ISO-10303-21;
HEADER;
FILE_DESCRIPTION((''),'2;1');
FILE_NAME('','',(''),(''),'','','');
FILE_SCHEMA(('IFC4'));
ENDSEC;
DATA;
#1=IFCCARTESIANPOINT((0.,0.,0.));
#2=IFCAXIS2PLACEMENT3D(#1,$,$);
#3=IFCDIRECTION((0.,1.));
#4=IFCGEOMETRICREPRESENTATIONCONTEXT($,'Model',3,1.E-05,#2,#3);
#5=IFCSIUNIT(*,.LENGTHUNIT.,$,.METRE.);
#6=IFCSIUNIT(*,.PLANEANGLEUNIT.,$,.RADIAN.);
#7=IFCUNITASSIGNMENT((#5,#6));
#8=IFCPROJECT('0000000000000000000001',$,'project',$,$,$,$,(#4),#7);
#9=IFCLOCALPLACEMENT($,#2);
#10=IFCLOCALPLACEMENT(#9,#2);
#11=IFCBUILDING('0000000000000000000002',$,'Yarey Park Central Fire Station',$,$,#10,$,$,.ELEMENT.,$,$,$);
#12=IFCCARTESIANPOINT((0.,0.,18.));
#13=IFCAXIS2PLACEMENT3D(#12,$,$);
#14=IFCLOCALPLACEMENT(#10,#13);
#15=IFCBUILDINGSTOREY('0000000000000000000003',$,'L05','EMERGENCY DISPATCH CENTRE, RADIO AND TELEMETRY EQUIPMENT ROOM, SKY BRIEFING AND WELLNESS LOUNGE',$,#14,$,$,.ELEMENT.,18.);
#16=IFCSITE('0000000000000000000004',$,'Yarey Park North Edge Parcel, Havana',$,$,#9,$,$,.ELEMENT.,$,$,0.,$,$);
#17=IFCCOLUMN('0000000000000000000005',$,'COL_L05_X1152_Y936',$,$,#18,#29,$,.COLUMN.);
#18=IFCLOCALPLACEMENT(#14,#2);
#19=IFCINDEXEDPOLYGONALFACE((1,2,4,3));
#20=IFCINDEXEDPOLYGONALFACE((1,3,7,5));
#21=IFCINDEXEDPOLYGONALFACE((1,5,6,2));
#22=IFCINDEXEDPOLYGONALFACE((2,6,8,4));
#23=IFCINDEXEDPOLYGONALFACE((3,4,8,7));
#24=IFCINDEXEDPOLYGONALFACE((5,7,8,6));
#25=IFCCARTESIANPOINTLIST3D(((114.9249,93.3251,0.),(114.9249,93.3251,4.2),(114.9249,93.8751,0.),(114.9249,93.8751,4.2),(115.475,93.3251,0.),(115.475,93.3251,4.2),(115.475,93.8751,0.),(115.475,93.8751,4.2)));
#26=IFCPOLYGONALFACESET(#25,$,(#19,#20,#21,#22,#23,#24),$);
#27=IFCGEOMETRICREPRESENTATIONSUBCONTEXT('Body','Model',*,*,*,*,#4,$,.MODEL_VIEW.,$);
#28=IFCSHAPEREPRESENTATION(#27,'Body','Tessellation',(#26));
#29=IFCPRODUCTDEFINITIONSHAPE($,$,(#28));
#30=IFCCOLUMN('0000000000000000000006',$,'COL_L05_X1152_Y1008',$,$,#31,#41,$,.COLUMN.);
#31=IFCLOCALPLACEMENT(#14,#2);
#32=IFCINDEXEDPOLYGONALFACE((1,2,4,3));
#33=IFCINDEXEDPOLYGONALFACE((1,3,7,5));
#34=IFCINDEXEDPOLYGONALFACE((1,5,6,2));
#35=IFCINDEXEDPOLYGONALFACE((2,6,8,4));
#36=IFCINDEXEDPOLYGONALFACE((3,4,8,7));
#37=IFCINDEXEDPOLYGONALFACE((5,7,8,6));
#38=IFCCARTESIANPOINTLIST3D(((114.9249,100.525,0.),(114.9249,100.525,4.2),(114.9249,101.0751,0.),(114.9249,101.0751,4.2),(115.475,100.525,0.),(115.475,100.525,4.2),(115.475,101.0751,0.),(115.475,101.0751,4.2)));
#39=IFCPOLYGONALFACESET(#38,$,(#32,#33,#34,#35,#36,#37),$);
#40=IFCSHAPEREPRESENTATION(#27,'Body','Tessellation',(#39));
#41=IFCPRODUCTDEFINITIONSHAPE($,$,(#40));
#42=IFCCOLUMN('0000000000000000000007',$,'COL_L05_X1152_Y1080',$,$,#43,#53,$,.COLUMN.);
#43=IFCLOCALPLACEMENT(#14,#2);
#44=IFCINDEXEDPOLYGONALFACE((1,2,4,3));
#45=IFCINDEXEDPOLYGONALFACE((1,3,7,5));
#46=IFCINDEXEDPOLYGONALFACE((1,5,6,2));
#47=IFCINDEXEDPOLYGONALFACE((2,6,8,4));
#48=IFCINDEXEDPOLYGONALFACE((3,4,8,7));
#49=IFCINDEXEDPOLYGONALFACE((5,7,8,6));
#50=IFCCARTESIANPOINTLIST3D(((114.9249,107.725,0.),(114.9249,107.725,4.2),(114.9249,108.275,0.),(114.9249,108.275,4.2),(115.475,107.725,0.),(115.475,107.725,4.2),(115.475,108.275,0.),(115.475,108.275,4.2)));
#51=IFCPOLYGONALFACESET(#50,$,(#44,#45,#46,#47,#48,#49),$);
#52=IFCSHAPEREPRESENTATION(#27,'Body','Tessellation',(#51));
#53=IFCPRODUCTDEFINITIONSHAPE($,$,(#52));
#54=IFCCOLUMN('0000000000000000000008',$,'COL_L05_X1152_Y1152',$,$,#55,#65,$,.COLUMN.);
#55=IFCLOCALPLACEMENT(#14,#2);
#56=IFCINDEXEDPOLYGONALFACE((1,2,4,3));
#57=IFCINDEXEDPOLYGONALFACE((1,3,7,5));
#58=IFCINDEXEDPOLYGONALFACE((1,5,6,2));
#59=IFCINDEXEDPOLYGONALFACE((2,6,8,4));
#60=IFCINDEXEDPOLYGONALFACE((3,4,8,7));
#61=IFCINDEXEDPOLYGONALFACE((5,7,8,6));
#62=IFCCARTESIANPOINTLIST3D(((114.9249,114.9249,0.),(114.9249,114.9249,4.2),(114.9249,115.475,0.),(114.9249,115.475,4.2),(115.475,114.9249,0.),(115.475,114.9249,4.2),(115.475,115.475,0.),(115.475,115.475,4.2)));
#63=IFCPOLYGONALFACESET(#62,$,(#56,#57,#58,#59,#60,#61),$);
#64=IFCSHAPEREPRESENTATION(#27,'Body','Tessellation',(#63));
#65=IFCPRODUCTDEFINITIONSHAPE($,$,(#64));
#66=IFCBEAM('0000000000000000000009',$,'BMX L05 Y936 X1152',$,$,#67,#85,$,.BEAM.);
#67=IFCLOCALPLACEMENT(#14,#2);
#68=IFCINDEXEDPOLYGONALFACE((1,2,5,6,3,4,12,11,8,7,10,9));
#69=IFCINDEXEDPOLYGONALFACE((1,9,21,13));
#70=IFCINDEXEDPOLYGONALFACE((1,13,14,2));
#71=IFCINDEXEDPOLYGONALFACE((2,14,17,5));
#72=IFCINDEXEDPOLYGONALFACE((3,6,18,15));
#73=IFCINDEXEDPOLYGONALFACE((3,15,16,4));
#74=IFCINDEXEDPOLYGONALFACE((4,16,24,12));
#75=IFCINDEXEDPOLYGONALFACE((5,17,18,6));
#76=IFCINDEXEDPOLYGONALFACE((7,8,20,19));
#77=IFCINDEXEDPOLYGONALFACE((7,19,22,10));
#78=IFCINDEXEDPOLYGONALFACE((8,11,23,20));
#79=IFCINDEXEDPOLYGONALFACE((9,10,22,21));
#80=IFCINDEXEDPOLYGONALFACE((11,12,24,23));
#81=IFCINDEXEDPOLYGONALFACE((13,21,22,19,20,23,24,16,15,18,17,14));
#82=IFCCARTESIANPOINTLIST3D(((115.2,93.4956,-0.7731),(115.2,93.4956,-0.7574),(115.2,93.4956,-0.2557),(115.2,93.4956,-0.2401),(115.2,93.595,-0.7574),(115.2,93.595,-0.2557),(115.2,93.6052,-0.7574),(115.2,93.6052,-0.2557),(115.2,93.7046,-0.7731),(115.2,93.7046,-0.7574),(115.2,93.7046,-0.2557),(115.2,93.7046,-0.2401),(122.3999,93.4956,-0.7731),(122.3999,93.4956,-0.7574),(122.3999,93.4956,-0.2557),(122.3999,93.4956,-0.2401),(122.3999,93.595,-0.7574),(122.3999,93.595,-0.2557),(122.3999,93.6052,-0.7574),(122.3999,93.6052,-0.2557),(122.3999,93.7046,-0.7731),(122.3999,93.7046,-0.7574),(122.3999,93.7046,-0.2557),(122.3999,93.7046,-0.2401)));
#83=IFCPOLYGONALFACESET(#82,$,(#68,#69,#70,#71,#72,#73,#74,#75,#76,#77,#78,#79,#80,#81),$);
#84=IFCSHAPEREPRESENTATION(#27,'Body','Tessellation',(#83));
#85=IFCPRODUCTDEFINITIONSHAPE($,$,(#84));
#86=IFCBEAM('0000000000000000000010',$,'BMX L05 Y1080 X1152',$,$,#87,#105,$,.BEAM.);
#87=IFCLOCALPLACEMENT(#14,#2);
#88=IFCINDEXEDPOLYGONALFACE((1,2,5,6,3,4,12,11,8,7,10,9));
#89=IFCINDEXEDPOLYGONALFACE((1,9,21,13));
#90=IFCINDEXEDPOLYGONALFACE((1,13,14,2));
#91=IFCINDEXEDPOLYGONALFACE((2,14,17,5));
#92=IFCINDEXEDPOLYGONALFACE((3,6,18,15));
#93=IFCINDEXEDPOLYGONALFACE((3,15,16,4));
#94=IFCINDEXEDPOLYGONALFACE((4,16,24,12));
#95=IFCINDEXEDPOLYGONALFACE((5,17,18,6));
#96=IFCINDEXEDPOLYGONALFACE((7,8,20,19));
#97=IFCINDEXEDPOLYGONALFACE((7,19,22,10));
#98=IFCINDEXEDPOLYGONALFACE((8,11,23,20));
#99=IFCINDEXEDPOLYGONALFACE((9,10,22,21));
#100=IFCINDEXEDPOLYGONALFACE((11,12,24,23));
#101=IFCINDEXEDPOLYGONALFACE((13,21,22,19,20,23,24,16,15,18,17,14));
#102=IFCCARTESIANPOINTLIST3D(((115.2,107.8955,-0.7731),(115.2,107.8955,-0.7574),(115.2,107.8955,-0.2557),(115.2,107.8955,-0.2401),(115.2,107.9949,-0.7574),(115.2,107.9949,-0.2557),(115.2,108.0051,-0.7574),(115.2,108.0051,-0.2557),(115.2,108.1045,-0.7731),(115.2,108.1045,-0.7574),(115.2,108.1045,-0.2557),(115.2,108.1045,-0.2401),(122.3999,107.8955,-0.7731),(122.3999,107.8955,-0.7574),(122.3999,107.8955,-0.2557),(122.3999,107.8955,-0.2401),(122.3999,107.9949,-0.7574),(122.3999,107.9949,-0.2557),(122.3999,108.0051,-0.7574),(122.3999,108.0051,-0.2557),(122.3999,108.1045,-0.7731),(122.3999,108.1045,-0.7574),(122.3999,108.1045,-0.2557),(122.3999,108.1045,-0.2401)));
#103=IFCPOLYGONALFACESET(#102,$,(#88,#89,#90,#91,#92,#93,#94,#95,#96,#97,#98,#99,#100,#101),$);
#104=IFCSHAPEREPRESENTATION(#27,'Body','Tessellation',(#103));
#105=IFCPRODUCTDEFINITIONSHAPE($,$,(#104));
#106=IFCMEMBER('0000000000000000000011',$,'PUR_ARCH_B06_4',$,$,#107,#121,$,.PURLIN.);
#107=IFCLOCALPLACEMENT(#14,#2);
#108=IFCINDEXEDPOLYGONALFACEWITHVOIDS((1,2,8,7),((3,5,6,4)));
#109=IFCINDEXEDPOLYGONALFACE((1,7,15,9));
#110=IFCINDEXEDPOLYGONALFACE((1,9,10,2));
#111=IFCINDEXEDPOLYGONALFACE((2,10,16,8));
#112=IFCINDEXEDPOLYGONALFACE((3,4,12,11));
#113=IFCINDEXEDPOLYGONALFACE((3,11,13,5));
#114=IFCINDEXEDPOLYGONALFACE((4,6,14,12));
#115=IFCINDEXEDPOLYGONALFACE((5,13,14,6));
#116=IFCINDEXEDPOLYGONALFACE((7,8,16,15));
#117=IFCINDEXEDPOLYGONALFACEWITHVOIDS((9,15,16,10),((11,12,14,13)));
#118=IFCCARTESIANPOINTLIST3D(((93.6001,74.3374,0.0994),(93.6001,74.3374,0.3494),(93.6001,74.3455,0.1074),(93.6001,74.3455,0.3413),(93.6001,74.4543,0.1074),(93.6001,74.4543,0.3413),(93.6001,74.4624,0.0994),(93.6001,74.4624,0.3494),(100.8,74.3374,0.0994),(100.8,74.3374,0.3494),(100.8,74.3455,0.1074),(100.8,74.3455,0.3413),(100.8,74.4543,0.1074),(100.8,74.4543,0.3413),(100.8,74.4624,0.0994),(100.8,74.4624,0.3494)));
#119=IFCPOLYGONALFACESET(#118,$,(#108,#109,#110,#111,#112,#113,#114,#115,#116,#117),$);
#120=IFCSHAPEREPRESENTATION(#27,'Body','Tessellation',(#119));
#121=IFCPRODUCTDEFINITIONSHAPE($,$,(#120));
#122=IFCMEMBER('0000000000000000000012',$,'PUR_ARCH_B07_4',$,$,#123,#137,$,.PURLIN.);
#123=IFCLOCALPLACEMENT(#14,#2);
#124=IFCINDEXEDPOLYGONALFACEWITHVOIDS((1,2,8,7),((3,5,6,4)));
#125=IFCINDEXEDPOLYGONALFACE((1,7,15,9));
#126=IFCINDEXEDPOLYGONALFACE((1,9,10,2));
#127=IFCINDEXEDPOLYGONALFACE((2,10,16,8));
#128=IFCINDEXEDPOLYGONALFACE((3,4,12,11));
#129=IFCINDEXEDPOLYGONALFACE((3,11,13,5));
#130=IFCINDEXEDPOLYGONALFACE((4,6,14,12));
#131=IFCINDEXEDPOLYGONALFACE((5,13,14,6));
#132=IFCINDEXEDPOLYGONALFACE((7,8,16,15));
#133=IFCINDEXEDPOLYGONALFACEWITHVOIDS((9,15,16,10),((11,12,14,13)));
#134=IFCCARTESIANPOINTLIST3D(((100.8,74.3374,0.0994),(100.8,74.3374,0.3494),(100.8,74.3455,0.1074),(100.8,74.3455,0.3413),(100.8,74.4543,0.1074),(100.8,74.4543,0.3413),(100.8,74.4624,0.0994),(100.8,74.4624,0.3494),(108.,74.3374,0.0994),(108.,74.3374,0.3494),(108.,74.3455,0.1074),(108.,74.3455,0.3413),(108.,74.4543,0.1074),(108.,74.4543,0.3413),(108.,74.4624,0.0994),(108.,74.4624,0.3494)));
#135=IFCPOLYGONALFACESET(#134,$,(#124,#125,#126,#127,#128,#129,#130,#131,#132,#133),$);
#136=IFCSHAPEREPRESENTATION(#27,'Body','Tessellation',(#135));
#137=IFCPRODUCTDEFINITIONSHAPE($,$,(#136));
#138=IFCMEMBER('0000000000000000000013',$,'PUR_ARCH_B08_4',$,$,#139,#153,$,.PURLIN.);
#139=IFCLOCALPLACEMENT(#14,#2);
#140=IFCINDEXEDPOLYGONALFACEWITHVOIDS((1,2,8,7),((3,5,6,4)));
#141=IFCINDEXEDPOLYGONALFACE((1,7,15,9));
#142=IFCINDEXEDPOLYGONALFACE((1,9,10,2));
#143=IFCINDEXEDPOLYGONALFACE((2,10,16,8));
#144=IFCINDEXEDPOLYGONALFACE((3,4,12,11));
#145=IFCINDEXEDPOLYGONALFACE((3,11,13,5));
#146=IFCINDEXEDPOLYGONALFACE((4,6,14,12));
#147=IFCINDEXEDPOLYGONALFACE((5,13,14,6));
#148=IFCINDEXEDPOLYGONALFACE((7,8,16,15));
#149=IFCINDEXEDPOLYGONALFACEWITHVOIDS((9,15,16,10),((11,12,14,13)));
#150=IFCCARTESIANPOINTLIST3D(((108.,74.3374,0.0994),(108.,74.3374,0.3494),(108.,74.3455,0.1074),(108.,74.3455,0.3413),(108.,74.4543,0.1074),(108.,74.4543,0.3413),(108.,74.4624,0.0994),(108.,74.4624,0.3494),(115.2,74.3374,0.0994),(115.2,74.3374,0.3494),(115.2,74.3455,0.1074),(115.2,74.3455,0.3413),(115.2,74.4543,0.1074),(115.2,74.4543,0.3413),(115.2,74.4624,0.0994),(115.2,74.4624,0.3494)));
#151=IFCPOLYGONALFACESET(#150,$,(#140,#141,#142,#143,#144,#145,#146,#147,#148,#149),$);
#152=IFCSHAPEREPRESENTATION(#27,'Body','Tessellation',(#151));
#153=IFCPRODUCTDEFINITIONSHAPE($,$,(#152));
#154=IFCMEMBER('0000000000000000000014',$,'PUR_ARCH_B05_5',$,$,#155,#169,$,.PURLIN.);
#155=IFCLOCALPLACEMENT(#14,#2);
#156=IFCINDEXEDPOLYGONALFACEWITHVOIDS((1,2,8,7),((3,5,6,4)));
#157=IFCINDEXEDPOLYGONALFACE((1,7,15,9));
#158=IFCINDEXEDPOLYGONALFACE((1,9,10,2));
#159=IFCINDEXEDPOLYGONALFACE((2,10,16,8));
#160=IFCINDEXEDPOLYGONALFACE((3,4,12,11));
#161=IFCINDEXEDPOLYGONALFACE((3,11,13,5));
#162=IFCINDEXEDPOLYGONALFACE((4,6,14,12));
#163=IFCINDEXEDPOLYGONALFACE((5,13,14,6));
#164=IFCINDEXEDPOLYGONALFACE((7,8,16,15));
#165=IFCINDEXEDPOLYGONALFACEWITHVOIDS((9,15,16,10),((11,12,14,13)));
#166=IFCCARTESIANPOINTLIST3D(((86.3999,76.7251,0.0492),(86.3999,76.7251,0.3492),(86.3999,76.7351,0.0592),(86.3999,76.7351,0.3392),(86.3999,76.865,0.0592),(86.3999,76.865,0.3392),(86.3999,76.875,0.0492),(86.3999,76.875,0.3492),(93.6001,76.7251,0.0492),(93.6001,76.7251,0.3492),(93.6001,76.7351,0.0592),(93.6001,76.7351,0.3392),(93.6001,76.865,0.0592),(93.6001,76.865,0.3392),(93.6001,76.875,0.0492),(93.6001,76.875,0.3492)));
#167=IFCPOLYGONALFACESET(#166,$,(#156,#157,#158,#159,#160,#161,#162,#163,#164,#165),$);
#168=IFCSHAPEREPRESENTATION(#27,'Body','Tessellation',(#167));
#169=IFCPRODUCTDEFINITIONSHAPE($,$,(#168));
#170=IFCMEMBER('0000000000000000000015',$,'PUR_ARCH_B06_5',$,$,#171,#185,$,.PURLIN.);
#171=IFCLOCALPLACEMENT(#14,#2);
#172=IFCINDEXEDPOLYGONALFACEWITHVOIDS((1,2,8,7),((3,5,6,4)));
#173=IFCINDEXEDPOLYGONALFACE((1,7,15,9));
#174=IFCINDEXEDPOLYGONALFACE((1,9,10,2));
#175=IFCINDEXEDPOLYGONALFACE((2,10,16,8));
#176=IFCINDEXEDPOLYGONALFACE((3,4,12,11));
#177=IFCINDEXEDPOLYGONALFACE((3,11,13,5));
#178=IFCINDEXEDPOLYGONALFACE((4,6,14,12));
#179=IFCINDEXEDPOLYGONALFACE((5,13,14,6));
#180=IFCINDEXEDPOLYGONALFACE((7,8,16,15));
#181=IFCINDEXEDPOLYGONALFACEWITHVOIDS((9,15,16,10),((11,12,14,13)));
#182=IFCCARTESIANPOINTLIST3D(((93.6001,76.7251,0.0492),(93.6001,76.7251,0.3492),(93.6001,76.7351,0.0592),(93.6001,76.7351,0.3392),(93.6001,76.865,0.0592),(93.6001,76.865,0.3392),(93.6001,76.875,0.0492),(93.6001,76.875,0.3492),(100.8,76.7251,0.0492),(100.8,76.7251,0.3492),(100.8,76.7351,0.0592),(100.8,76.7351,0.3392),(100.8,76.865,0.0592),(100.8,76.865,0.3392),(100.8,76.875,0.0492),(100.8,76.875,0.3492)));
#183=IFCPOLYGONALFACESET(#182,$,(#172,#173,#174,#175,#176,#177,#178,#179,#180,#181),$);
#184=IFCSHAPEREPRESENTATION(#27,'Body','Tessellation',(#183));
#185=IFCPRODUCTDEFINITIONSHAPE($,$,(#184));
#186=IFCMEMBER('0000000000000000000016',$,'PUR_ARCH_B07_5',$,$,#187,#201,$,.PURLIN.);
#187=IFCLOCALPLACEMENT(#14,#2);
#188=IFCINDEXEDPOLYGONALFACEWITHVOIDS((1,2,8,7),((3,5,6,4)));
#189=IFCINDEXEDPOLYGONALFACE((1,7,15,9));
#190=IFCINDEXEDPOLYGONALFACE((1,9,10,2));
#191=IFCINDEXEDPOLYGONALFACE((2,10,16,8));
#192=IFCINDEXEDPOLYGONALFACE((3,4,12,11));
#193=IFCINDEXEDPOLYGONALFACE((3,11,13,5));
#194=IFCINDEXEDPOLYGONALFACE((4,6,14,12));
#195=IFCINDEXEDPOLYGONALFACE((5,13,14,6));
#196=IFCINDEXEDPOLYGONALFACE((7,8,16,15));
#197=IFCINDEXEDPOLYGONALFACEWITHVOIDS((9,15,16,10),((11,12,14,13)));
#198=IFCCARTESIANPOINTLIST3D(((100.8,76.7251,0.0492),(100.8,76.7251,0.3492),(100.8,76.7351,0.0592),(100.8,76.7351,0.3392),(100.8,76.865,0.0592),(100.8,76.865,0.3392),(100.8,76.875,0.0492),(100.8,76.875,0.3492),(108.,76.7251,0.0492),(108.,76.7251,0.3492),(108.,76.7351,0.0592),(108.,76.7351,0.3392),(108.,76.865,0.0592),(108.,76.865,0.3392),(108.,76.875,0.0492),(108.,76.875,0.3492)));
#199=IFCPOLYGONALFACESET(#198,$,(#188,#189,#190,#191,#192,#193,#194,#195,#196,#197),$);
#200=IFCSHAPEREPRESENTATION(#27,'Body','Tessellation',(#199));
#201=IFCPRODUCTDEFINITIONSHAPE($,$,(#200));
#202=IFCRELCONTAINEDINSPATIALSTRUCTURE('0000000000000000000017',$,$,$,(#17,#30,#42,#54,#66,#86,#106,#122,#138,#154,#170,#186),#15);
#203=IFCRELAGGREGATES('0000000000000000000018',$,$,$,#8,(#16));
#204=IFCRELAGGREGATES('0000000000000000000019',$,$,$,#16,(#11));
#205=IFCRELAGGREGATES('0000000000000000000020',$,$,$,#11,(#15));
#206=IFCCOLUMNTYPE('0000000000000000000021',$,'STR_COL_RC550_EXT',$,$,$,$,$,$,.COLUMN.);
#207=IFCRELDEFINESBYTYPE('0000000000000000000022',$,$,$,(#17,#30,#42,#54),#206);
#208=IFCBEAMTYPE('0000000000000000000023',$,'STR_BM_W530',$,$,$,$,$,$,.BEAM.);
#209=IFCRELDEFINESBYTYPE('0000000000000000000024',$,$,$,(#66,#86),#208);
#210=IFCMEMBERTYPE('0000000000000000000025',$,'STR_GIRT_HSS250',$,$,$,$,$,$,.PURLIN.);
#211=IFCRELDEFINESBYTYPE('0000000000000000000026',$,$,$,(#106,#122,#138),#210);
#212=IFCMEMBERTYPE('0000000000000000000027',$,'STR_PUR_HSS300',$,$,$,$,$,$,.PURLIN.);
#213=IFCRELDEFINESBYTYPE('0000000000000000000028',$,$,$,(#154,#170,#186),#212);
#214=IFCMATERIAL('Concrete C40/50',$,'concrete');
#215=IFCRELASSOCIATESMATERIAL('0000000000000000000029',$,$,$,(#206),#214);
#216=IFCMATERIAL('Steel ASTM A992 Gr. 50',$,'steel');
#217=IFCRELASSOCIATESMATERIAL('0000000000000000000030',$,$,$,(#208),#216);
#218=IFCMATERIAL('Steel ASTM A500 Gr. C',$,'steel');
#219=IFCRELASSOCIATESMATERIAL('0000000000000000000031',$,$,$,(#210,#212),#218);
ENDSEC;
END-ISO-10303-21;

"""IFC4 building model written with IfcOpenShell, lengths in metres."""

from ifc_helpers import new_model, si_unit, direction, frame, origin, origin_2d, place, context, subcontext, project, spatial, rectangle, hollow_rectangle, i_section, extrude, material, material_profile, profile_set, type_object, element, save


model = new_model("IFC4")

# Units and contexts
model_context = context("Model", 3, precision=1e-05, world=origin(), true_north=direction((0.0, 1.0)))
body_context = subcontext(model_context, "Body", "Model", "MODEL_VIEW")
ifc_project = project(units=[si_unit("LENGTHUNIT", "METRE"), si_unit("PLANEANGLEUNIT", "RADIAN")], contexts=[model_context])

# Site, building, storey
site_placement = place(None, origin())
site = spatial("IfcSite", under=ifc_project, at=site_placement, Name="Yarey Park North Edge Parcel, Havana", CompositionType="ELEMENT", RefElevation=0.0)
building_placement = place(site_placement, origin())
building = spatial("IfcBuilding", under=site, at=building_placement, Name="Yarey Park Central Fire Station", CompositionType="ELEMENT")
storey_placement = place(building_placement, frame((0.0, 0.0, 18.0)))
storey = spatial("IfcBuildingStorey", under=building, at=storey_placement, Name="L05", Description="EMERGENCY DISPATCH CENTRE, RADIO AND TELEMETRY EQUIPMENT ROOM, SKY BRIEFING AND WELLNESS LOUNGE", CompositionType="ELEMENT", Elevation=18.0)

# Columns
ifc_material_1 = material(Name="Concrete C40/50", Category="concrete")
ifc_material_profile_1 = material_profile(ifc_material_1, rectangle(XDim=0.55, YDim=0.55, at=origin_2d()), Name="RC 550x550")
ifc_profile_set_1 = profile_set([ifc_material_profile_1], Name="Concrete C40/50")
column_type = type_object("IfcColumnType", Name="STR_COL_RC550_EXT", PredefinedType="COLUMN", material=ifc_profile_set_1)
for number, where, z_axis, x_axis, name in (
    (1, (115.2, 93.6001, 0.0), (0.0, 0.0, 1.0), (1.0, 0.0, 0.0), "COL_L05_X1152_Y936"),
    (2, (115.2, 100.8, 0.0), (0.0, 0.0, 1.0), (1.0, 0.0, 0.0), "COL_L05_X1152_Y1008"),
    (3, (115.2, 108.0, 0.0), (0.0, 0.0, 1.0), (1.0, 0.0, 0.0), "COL_L05_X1152_Y1080"),
    (4, (115.2, 115.2, 0.0), (0.0, 0.0, 1.0), (1.0, 0.0, 0.0), "COL_L05_X1152_Y1152"),
):
    element("IfcColumn", number, at=place(storey_placement, frame(where, z_axis=z_axis, x_axis=x_axis)), inside=storey, type_object=column_type, Name=name, PredefinedType="COLUMN", context=body_context, shape_type="SweptSolid", body=[
        extrude(rectangle(XDim=0.55, YDim=0.55, at=origin_2d()), origin(), (0.0, 0.0, 1.0), 4.2),
    ])

# Beams
ifc_material_2 = material(Name="Steel ASTM A992 Gr. 50", Category="steel")
ifc_material_profile_2 = material_profile(ifc_material_2, i_section(OverallWidth=0.209, OverallDepth=0.533, WebThickness=0.0103, FlangeThickness=0.0156, at=origin_2d()), Name="W530x92")
ifc_profile_set_2 = profile_set([ifc_material_profile_2], Name="Steel ASTM A992 Gr. 50")
beam_type = type_object("IfcBeamType", Name="STR_BM_W530", PredefinedType="BEAM", material=ifc_profile_set_2)
for number, where, z_axis, x_axis, name in (
    (5, (115.2, 93.6001, -0.5066), (1.0, 0.0, 0.0), (0.0, 1.0, 0.0), "BMX L05 Y936 X1152"),
    (6, (115.2, 108.0, -0.5066), (1.0, 0.0, 0.0), (0.0, 1.0, 0.0), "BMX L05 Y1080 X1152"),
):
    element("IfcBeam", number, at=place(storey_placement, frame(where, z_axis=z_axis, x_axis=x_axis)), inside=storey, type_object=beam_type, Name=name, PredefinedType="BEAM", context=body_context, shape_type="SweptSolid", body=[
        extrude(i_section(OverallWidth=0.209, OverallDepth=0.533, WebThickness=0.0103, FlangeThickness=0.0156, at=origin_2d()), origin(), (0.0, 0.0, 1.0), 7.2),
    ])

# Members
ifc_material_3 = material(Name="Steel ASTM A500 Gr. C", Category="steel")
ifc_material_profile_3 = material_profile(ifc_material_3, hollow_rectangle(XDim=0.125, YDim=0.25, WallThickness=0.0081, at=origin_2d()), Name="HSS 250x125x8")
ifc_profile_set_3 = profile_set([ifc_material_profile_3], Name="Steel ASTM A500 Gr. C")
member_type_1 = type_object("IfcMemberType", Name="STR_GIRT_HSS250", PredefinedType="PURLIN", material=ifc_profile_set_3)
for number, where, z_axis, x_axis, name in (
    (7, (93.6001, 74.3999, 0.2244), (1.0, 0.0, 0.0), (0.0, 1.0, 0.0), "PUR_ARCH_B06_4"),
    (8, (100.8, 74.3999, 0.2244), (1.0, 0.0, 0.0), (0.0, 1.0, 0.0), "PUR_ARCH_B07_4"),
    (9, (108.0, 74.3999, 0.2244), (1.0, 0.0, 0.0), (0.0, 1.0, 0.0), "PUR_ARCH_B08_4"),
):
    element("IfcMember", number, at=place(storey_placement, frame(where, z_axis=z_axis, x_axis=x_axis)), inside=storey, type_object=member_type_1, Name=name, PredefinedType="PURLIN", context=body_context, shape_type="SweptSolid", body=[
        extrude(hollow_rectangle(XDim=0.125, YDim=0.25, WallThickness=0.0081, at=origin_2d()), origin(), (0.0, 0.0, 1.0), 7.2),
    ])
ifc_material_profile_4 = material_profile(ifc_material_3, hollow_rectangle(XDim=0.1499, YDim=0.3, WallThickness=0.01, at=origin_2d()), Name="HSS 300x150x10")
ifc_profile_set_4 = profile_set([ifc_material_profile_4], Name="Steel ASTM A500 Gr. C")
member_type_2 = type_object("IfcMemberType", Name="STR_PUR_HSS300", PredefinedType="PURLIN", material=ifc_profile_set_4)
member_placement = place(storey_placement, frame((86.3999, 76.8, 0.1992), z_axis=(1.0, 0.0, 0.0), x_axis=(0.0, 1.0, 0.0)))
element("IfcMember", 10, at=member_placement, inside=storey, type_object=member_type_2, Name="PUR_ARCH_B05_5", PredefinedType="PURLIN", context=body_context, shape_type="SweptSolid", body=[
    extrude(hollow_rectangle(XDim=0.1499, YDim=0.3, WallThickness=0.01, at=origin_2d()), origin(), (0.0, 0.0, 1.0), 7.2002),
])
for number, where, z_axis, x_axis, name in (
    (11, (93.6001, 76.8, 0.1992), (1.0, 0.0, 0.0), (0.0, 1.0, 0.0), "PUR_ARCH_B06_5"),
    (12, (100.8, 76.8, 0.1992), (1.0, 0.0, 0.0), (0.0, 1.0, 0.0), "PUR_ARCH_B07_5"),
):
    element("IfcMember", number, at=place(storey_placement, frame(where, z_axis=z_axis, x_axis=x_axis)), inside=storey, type_object=member_type_2, Name=name, PredefinedType="PURLIN", context=body_context, shape_type="SweptSolid", body=[
        extrude(hollow_rectangle(XDim=0.1499, YDim=0.3, WallThickness=0.01, at=origin_2d()), origin(), (0.0, 0.0, 1.0), 7.2),
    ])

save(model, "model.ifc")
